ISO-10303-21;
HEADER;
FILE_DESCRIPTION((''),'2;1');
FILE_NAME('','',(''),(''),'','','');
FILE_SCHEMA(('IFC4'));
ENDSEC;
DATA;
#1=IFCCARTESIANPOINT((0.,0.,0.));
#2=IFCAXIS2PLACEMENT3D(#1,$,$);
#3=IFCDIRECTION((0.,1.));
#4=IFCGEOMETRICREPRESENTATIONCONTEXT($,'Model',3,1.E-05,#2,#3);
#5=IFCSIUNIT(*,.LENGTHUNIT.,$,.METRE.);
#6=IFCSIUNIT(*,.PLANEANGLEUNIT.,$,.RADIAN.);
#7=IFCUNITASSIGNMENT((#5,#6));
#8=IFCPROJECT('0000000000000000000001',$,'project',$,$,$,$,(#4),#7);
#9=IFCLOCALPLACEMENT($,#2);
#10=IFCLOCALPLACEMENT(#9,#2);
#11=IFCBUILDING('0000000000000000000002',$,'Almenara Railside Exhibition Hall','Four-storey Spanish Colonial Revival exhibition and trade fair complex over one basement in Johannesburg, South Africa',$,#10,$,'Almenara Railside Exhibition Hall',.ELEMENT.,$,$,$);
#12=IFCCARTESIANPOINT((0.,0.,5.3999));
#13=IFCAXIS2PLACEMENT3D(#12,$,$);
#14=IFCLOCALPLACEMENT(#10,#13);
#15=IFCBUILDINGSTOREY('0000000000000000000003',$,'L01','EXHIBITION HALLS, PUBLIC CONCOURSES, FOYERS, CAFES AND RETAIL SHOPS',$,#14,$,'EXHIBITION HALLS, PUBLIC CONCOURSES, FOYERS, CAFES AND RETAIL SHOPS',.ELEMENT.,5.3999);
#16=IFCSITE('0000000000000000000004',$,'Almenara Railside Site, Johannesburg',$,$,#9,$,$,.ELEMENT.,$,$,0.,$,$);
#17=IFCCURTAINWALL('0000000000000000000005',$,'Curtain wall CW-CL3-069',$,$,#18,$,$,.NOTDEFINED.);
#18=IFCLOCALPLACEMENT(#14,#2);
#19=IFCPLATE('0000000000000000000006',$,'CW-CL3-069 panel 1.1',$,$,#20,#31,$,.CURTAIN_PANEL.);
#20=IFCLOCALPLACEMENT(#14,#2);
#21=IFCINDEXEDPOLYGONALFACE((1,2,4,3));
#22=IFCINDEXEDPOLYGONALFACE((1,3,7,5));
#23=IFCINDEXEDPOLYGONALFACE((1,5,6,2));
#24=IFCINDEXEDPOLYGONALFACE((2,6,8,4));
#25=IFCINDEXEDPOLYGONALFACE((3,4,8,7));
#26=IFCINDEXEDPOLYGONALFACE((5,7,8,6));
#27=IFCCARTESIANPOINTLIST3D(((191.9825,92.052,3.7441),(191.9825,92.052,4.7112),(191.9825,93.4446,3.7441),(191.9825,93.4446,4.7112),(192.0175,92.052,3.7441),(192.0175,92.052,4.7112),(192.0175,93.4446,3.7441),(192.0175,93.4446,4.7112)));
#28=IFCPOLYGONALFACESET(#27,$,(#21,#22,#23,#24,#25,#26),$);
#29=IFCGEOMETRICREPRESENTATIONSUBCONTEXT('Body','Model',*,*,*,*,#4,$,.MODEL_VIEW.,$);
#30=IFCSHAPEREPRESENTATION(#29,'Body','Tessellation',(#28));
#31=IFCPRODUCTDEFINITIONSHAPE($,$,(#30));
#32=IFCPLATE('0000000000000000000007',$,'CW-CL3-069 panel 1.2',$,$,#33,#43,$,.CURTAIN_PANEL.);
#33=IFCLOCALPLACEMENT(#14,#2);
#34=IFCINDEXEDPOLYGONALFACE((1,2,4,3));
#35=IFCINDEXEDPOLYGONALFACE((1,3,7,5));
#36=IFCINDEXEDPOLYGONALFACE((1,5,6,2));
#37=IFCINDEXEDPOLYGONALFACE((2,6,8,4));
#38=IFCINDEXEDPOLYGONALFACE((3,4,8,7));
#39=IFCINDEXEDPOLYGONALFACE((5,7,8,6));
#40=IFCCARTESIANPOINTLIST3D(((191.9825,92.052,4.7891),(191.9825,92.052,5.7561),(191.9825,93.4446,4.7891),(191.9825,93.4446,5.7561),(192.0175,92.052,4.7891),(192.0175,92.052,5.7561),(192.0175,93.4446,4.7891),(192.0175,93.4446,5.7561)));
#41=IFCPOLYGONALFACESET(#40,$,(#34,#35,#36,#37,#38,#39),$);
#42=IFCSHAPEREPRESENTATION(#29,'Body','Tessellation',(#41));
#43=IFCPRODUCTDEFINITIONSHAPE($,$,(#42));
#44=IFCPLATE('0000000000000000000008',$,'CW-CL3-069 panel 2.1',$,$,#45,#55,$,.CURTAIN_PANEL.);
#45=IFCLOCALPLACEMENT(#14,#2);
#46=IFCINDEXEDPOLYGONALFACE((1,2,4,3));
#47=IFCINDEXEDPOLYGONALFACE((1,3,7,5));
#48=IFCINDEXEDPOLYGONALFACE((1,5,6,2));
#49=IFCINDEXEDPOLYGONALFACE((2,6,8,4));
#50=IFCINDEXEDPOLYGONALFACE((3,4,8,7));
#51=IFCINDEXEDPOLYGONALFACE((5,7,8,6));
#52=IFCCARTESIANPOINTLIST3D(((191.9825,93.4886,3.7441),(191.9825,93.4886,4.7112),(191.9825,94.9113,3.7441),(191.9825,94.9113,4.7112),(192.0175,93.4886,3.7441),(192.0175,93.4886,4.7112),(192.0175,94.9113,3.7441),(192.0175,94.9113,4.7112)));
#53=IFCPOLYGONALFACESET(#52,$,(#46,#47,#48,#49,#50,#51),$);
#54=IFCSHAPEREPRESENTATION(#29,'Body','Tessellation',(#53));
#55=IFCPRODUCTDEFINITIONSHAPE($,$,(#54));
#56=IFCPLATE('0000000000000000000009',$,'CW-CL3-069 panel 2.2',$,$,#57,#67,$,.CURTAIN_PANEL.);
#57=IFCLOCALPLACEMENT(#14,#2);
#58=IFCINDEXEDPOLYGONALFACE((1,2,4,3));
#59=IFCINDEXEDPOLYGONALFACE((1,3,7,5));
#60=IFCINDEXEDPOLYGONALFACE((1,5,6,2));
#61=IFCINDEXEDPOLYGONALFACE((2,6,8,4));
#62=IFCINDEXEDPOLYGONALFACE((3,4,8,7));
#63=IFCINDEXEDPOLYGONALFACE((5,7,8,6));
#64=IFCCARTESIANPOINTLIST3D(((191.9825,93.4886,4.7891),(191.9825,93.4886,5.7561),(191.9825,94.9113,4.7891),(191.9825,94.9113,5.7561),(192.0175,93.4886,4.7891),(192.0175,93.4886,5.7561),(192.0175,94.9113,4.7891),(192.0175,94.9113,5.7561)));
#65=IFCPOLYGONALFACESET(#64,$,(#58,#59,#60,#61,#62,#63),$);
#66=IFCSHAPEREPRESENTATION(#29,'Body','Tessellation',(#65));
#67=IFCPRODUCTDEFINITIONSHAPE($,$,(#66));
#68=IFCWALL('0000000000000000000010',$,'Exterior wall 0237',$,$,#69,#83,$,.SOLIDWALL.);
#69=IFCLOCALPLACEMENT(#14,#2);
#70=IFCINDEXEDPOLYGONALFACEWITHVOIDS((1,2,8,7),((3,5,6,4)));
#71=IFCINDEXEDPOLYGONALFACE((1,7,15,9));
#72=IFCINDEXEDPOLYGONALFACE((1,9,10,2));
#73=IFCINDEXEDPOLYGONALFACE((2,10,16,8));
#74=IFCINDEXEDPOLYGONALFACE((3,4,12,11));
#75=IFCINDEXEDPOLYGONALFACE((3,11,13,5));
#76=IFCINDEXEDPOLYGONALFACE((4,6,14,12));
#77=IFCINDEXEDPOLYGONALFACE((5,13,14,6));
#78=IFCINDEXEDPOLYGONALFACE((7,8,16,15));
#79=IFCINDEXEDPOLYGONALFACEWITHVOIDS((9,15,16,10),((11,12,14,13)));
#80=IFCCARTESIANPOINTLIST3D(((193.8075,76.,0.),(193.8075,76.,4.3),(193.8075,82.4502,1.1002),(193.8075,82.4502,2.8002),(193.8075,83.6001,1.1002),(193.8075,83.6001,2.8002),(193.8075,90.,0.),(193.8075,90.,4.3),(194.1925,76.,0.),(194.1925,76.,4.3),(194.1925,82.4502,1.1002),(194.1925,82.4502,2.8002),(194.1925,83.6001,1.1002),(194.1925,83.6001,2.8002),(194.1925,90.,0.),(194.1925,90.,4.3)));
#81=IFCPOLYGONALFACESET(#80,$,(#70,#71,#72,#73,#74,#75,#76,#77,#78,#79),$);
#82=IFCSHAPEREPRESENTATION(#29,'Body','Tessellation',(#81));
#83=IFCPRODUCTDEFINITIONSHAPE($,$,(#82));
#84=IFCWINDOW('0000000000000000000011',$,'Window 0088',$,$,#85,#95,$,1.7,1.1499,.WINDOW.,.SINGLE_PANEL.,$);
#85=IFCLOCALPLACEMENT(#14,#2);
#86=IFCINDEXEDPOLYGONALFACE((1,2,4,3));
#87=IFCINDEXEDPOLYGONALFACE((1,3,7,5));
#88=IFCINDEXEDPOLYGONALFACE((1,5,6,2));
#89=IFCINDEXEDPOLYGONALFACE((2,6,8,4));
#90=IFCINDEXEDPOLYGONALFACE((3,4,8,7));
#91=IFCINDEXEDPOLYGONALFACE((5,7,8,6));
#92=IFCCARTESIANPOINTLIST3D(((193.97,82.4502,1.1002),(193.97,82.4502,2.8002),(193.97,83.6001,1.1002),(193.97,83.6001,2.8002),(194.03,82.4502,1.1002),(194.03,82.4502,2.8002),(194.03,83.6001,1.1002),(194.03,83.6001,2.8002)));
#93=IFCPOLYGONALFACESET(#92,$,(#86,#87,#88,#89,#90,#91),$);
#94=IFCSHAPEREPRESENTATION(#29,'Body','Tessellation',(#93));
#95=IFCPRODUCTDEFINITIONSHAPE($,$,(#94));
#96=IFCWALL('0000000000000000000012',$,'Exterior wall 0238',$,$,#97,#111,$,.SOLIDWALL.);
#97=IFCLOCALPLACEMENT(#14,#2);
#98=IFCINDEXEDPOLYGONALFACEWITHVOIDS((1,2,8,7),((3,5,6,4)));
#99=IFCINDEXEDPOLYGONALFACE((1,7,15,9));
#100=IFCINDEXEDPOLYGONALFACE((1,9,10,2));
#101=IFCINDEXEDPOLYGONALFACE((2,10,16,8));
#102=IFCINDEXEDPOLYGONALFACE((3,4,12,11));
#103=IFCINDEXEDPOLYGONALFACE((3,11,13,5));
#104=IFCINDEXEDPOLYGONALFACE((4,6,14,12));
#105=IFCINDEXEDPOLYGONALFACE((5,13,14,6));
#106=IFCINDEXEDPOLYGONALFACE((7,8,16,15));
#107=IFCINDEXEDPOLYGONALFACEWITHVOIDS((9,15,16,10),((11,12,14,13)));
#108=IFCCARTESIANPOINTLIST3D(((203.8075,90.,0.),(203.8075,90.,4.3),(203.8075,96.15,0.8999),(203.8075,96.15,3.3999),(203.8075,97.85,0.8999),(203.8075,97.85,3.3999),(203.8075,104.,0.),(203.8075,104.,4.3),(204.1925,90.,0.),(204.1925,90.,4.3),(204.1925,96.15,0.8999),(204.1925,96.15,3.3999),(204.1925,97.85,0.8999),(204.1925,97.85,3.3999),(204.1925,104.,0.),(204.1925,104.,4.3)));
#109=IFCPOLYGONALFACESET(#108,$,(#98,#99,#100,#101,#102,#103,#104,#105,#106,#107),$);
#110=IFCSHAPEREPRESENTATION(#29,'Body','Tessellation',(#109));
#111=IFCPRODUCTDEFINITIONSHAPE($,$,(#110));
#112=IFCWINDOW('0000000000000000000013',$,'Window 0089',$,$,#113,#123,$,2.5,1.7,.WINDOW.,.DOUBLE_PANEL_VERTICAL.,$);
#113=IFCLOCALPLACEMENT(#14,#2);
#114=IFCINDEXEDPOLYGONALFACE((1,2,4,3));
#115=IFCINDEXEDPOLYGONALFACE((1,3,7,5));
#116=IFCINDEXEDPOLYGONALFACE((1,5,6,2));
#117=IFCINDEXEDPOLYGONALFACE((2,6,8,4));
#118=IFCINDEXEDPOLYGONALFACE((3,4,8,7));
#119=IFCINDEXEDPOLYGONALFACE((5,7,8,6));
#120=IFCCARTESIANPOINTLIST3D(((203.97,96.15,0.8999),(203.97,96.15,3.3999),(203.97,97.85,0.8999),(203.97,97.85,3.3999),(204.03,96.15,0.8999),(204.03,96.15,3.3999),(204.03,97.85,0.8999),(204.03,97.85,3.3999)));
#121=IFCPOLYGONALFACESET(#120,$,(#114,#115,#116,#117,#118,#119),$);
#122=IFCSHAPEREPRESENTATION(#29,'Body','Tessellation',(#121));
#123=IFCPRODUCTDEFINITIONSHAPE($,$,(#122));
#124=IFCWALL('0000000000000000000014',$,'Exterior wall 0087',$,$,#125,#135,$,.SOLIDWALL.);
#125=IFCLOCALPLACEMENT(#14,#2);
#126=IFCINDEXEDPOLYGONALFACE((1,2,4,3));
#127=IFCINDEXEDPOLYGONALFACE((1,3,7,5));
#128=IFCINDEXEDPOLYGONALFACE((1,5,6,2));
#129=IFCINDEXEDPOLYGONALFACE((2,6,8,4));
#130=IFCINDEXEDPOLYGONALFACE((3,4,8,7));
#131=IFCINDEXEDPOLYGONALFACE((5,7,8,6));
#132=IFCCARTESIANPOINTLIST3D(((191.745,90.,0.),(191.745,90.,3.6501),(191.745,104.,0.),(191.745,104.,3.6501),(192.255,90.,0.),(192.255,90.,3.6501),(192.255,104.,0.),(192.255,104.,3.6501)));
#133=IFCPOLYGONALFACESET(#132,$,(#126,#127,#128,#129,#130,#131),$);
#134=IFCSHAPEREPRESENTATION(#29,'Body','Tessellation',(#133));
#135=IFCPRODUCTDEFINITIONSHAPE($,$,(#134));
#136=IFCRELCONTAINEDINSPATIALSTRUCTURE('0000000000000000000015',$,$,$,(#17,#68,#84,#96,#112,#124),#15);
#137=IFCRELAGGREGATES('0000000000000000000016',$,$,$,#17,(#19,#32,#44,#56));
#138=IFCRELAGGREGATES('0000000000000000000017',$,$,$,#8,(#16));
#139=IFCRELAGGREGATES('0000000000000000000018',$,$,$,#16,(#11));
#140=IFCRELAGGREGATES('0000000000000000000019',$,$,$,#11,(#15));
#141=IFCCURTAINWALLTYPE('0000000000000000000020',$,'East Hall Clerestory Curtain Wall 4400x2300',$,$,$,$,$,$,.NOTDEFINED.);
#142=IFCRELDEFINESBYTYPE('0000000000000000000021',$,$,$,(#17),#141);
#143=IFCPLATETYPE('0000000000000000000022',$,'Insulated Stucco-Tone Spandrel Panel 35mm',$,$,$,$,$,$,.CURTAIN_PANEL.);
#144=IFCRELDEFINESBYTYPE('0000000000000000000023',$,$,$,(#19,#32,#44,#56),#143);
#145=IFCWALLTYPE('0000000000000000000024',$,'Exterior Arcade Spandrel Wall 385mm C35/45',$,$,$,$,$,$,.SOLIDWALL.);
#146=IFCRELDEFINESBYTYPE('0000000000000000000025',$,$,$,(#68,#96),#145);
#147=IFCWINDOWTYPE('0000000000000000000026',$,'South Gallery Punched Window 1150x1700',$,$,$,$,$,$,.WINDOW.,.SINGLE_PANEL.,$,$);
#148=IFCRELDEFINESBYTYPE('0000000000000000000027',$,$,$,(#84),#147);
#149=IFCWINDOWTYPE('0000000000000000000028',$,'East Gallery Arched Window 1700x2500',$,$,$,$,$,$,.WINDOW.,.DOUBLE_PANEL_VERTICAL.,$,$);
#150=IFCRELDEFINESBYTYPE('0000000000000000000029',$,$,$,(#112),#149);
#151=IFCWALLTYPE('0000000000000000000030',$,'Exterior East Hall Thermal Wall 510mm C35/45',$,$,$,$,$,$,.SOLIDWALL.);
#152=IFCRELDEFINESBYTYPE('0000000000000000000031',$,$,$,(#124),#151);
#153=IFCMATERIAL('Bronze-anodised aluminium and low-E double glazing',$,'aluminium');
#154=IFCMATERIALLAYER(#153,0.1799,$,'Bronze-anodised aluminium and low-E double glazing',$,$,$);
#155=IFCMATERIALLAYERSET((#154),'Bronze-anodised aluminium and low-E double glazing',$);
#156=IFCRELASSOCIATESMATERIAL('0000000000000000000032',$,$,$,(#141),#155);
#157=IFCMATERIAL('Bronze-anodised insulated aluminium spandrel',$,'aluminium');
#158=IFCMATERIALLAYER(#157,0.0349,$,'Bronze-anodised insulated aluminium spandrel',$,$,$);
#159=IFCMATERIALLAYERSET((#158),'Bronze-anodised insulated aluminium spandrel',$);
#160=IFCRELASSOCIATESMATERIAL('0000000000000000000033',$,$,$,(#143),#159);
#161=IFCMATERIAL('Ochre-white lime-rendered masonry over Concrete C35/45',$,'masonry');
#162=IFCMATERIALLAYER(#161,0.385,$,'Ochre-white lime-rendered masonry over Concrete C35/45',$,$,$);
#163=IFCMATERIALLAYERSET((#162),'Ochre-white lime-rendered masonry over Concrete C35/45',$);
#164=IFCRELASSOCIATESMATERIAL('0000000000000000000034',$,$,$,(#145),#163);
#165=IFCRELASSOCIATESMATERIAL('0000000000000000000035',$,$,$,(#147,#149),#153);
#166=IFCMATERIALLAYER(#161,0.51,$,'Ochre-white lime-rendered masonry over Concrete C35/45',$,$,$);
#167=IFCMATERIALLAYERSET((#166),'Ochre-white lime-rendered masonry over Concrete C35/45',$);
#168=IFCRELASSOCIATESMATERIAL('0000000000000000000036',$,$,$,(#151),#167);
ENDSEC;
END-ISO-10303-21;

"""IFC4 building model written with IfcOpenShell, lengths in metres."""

from ifc_helpers import new_model, si_unit, direction, frame, frame_2d, origin, origin_2d, place, context, subcontext, project, spatial, rectangle, extrude, material, layer, layer_set, type_object, element, fill, aggregate, save


model = new_model("IFC4")

# Units and contexts
model_context = context("Model", 3, precision=1e-05, world=origin(), true_north=direction((0.0, 1.0)))
body_context = subcontext(model_context, "Body", "Model", "MODEL_VIEW")
ifc_project = project(units=[si_unit("LENGTHUNIT", "METRE"), si_unit("PLANEANGLEUNIT", "RADIAN")], contexts=[model_context])

# Site, building, storey
site_placement = place(None, origin())
site = spatial("IfcSite", under=ifc_project, at=site_placement, Name="Almenara Railside Site, Johannesburg", CompositionType="ELEMENT", RefElevation=0.0)
building_placement = place(site_placement, origin())
building = spatial("IfcBuilding", under=site, at=building_placement, Name="Almenara Railside Exhibition Hall", Description="Four-storey Spanish Colonial Revival exhibition and trade fair complex over one basement in Johannesburg, South Africa", LongName="Almenara Railside Exhibition Hall", CompositionType="ELEMENT")
storey_placement = place(building_placement, frame((0.0, 0.0, 5.3999)))
storey = spatial("IfcBuildingStorey", under=building, at=storey_placement, Name="L01", Description="EXHIBITION HALLS, PUBLIC CONCOURSES, FOYERS, CAFES AND RETAIL SHOPS", LongName="EXHIBITION HALLS, PUBLIC CONCOURSES, FOYERS, CAFES AND RETAIL SHOPS", CompositionType="ELEMENT", Elevation=5.3999)

# Curtain wall
ifc_material_1 = material(Name="Bronze-anodised aluminium and low-E double glazing", Category="aluminium")
ifc_layer_1 = layer(ifc_material_1, 0.1799, Name="Bronze-anodised aluminium and low-E double glazing")
ifc_layer_set_1 = layer_set([ifc_layer_1], Name="Bronze-anodised aluminium and low-E double glazing")
curtain_wall_type = type_object("IfcCurtainWallType", Name="East Hall Clerestory Curtain Wall 4400x2300", PredefinedType="NOTDEFINED", material=ifc_layer_set_1)
curtain_wall_placement = place(storey_placement, origin())
curtain_wall = element("IfcCurtainWall", 1, at=curtain_wall_placement, inside=storey, type_object=curtain_wall_type, Name="Curtain wall CW-CL3-069", PredefinedType="NOTDEFINED")

# Plates
ifc_material_2 = material(Name="Bronze-anodised insulated aluminium spandrel", Category="aluminium")
ifc_layer_2 = layer(ifc_material_2, 0.0349, Name="Bronze-anodised insulated aluminium spandrel")
ifc_layer_set_2 = layer_set([ifc_layer_2], Name="Bronze-anodised insulated aluminium spandrel")
plate_type = type_object("IfcPlateType", Name="Insulated Stucco-Tone Spandrel Panel 35mm", PredefinedType="CURTAIN_PANEL", material=ifc_layer_set_2)
plate_1_placement = place(storey_placement, frame((192.0, 92.7483, 3.7441), z_axis=(0.0, 0.0, 1.0), x_axis=(0.0, 1.0, 0.0)))
plate_1 = element("IfcPlate", 2, at=plate_1_placement, type_object=plate_type, Name="CW-CL3-069 panel 1.1", PredefinedType="CURTAIN_PANEL", context=body_context, shape_type="SweptSolid", body=[
    extrude(rectangle(XDim=1.3926, YDim=0.0349, at=origin_2d()), origin(), (0.0, 0.0, 1.0), 0.967),
])
plate_2_placement = place(storey_placement, frame((192.0, 92.7483, 4.7891), z_axis=(0.0, 0.0, 1.0), x_axis=(0.0, 1.0, 0.0)))
plate_2 = element("IfcPlate", 3, at=plate_2_placement, type_object=plate_type, Name="CW-CL3-069 panel 1.2", PredefinedType="CURTAIN_PANEL", context=body_context, shape_type="SweptSolid", body=[
    extrude(rectangle(XDim=1.3926, YDim=0.0349, at=origin_2d()), origin(), (0.0, 0.0, 1.0), 0.967),
])
plate_3_placement = place(storey_placement, frame((192.0, 94.2, 3.7441), z_axis=(0.0, 0.0, 1.0), x_axis=(0.0, 1.0, 0.0)))
plate_3 = element("IfcPlate", 4, at=plate_3_placement, type_object=plate_type, Name="CW-CL3-069 panel 2.1", PredefinedType="CURTAIN_PANEL", context=body_context, shape_type="SweptSolid", body=[
    extrude(rectangle(XDim=1.4226, YDim=0.0349, at=origin_2d()), origin(), (0.0, 0.0, 1.0), 0.967),
])
plate_4_placement = place(storey_placement, frame((192.0, 94.2, 4.7891), z_axis=(0.0, 0.0, 1.0), x_axis=(0.0, 1.0, 0.0)))
plate_4 = element("IfcPlate", 5, at=plate_4_placement, type_object=plate_type, Name="CW-CL3-069 panel 2.2", PredefinedType="CURTAIN_PANEL", context=body_context, shape_type="SweptSolid", body=[
    extrude(rectangle(XDim=1.4226, YDim=0.0349, at=origin_2d()), origin(), (0.0, 0.0, 1.0), 0.967),
])
aggregate(curtain_wall, [plate_1, plate_2, plate_3, plate_4])

# Walls, openings, windows
ifc_material_3 = material(Name="Ochre-white lime-rendered masonry over Concrete C35/45", Category="masonry")
ifc_layer_3 = layer(ifc_material_3, 0.385, Name="Ochre-white lime-rendered masonry over Concrete C35/45")
ifc_layer_set_3 = layer_set([ifc_layer_3], Name="Ochre-white lime-rendered masonry over Concrete C35/45")
wall_type_1 = type_object("IfcWallType", Name="Exterior Arcade Spandrel Wall 385mm C35/45", PredefinedType="SOLIDWALL", material=ifc_layer_set_3)
wall_1_placement = place(storey_placement, frame((194.0, 90.0, 0.0), z_axis=(0.0, 0.0, 1.0), x_axis=(0.0, -1.0, 0.0)))
wall_1 = element("IfcWall", 6, at=wall_1_placement, inside=storey, type_object=wall_type_1, Name="Exterior wall 0237", PredefinedType="SOLIDWALL", context=body_context, shape_type="SweptSolid", body=[
    extrude(rectangle(XDim=14.0, YDim=0.385, at=frame_2d((7.0, 0.0))), origin(), (0.0, 0.0, 1.0), 4.3),
])
opening_1_placement = place(wall_1_placement, frame((6.3999, 0.0, 1.1001)))
opening_1 = element("IfcOpeningElement", 7, at=opening_1_placement, cuts=wall_1, PredefinedType="OPENING", context=body_context, shape_type="SweptSolid", body=[
    extrude(rectangle(XDim=1.1499, YDim=1.7, at=frame_2d((0.575, 0.8501))), frame((0.0, 0.2024, 0.0), z_axis=(0.0, -1.0, 0.0), x_axis=(1.0, 0.0, 0.0)), (0.0, 0.0, 1.0), 0.405),
])
window_type_1 = type_object("IfcWindowType", Name="South Gallery Punched Window 1150x1700", PartitioningType="SINGLE_PANEL", PredefinedType="WINDOW", material=ifc_material_1)
window_1_placement = place(opening_1_placement, origin())
window_1 = element("IfcWindow", 8, at=window_1_placement, inside=storey, type_object=window_type_1, Name="Window 0088", OverallHeight=1.7, OverallWidth=1.1499, PartitioningType="SINGLE_PANEL", PredefinedType="WINDOW", context=body_context, shape_type="SweptSolid", body=[
    extrude(rectangle(XDim=1.1499, YDim=1.7, at=frame_2d((0.575, 0.8501))), frame((0.0, 0.03, 0.0), z_axis=(0.0, -1.0, 0.0), x_axis=(1.0, 0.0, 0.0)), (0.0, 0.0, 1.0), 0.0601),
])
fill(opening_1, window_1)
wall_2_placement = place(storey_placement, frame((204.0, 90.0, 0.0), z_axis=(0.0, 0.0, 1.0), x_axis=(0.0, 1.0, 0.0)))
wall_2 = element("IfcWall", 9, at=wall_2_placement, inside=storey, type_object=wall_type_1, Name="Exterior wall 0238", PredefinedType="SOLIDWALL", context=body_context, shape_type="SweptSolid", body=[
    extrude(rectangle(XDim=14.0, YDim=0.385, at=frame_2d((7.0, 0.0))), origin(), (0.0, 0.0, 1.0), 4.3),
])
opening_2_placement = place(wall_2_placement, frame((6.1499, 0.0, 0.8999)))
opening_2 = element("IfcOpeningElement", 10, at=opening_2_placement, cuts=wall_2, PredefinedType="OPENING", context=body_context, shape_type="SweptSolid", body=[
    extrude(rectangle(XDim=1.7, YDim=2.5, at=frame_2d((0.8501, 1.25))), frame((0.0, 0.2024, 0.0), z_axis=(0.0, -1.0, 0.0), x_axis=(1.0, 0.0, 0.0)), (0.0, 0.0, 1.0), 0.405),
])
window_type_2 = type_object("IfcWindowType", Name="East Gallery Arched Window 1700x2500", PartitioningType="DOUBLE_PANEL_VERTICAL", PredefinedType="WINDOW", material=ifc_material_1)
window_2_placement = place(opening_2_placement, origin())
window_2 = element("IfcWindow", 11, at=window_2_placement, inside=storey, type_object=window_type_2, Name="Window 0089", OverallHeight=2.5, OverallWidth=1.7, PartitioningType="DOUBLE_PANEL_VERTICAL", PredefinedType="WINDOW", context=body_context, shape_type="SweptSolid", body=[
    extrude(rectangle(XDim=1.7, YDim=2.5, at=frame_2d((0.8501, 1.25))), frame((0.0, 0.03, 0.0), z_axis=(0.0, -1.0, 0.0), x_axis=(1.0, 0.0, 0.0)), (0.0, 0.0, 1.0), 0.0601),
])
fill(opening_2, window_2)

# Wall
ifc_layer_4 = layer(ifc_material_3, 0.51, Name="Ochre-white lime-rendered masonry over Concrete C35/45")
ifc_layer_set_4 = layer_set([ifc_layer_4], Name="Ochre-white lime-rendered masonry over Concrete C35/45")
wall_type_2 = type_object("IfcWallType", Name="Exterior East Hall Thermal Wall 510mm C35/45", PredefinedType="SOLIDWALL", material=ifc_layer_set_4)
wall_3_placement = place(storey_placement, frame((192.0, 90.0, 0.0), z_axis=(0.0, 0.0, 1.0), x_axis=(0.0, 1.0, 0.0)))
element("IfcWall", 12, at=wall_3_placement, inside=storey, type_object=wall_type_2, Name="Exterior wall 0087", PredefinedType="SOLIDWALL", context=body_context, shape_type="SweptSolid", body=[
    extrude(rectangle(XDim=14.0, YDim=0.51, at=frame_2d((7.0, 0.0))), origin(), (0.0, 0.0, 1.0), 3.6501),
])

save(model, "model.ifc")
